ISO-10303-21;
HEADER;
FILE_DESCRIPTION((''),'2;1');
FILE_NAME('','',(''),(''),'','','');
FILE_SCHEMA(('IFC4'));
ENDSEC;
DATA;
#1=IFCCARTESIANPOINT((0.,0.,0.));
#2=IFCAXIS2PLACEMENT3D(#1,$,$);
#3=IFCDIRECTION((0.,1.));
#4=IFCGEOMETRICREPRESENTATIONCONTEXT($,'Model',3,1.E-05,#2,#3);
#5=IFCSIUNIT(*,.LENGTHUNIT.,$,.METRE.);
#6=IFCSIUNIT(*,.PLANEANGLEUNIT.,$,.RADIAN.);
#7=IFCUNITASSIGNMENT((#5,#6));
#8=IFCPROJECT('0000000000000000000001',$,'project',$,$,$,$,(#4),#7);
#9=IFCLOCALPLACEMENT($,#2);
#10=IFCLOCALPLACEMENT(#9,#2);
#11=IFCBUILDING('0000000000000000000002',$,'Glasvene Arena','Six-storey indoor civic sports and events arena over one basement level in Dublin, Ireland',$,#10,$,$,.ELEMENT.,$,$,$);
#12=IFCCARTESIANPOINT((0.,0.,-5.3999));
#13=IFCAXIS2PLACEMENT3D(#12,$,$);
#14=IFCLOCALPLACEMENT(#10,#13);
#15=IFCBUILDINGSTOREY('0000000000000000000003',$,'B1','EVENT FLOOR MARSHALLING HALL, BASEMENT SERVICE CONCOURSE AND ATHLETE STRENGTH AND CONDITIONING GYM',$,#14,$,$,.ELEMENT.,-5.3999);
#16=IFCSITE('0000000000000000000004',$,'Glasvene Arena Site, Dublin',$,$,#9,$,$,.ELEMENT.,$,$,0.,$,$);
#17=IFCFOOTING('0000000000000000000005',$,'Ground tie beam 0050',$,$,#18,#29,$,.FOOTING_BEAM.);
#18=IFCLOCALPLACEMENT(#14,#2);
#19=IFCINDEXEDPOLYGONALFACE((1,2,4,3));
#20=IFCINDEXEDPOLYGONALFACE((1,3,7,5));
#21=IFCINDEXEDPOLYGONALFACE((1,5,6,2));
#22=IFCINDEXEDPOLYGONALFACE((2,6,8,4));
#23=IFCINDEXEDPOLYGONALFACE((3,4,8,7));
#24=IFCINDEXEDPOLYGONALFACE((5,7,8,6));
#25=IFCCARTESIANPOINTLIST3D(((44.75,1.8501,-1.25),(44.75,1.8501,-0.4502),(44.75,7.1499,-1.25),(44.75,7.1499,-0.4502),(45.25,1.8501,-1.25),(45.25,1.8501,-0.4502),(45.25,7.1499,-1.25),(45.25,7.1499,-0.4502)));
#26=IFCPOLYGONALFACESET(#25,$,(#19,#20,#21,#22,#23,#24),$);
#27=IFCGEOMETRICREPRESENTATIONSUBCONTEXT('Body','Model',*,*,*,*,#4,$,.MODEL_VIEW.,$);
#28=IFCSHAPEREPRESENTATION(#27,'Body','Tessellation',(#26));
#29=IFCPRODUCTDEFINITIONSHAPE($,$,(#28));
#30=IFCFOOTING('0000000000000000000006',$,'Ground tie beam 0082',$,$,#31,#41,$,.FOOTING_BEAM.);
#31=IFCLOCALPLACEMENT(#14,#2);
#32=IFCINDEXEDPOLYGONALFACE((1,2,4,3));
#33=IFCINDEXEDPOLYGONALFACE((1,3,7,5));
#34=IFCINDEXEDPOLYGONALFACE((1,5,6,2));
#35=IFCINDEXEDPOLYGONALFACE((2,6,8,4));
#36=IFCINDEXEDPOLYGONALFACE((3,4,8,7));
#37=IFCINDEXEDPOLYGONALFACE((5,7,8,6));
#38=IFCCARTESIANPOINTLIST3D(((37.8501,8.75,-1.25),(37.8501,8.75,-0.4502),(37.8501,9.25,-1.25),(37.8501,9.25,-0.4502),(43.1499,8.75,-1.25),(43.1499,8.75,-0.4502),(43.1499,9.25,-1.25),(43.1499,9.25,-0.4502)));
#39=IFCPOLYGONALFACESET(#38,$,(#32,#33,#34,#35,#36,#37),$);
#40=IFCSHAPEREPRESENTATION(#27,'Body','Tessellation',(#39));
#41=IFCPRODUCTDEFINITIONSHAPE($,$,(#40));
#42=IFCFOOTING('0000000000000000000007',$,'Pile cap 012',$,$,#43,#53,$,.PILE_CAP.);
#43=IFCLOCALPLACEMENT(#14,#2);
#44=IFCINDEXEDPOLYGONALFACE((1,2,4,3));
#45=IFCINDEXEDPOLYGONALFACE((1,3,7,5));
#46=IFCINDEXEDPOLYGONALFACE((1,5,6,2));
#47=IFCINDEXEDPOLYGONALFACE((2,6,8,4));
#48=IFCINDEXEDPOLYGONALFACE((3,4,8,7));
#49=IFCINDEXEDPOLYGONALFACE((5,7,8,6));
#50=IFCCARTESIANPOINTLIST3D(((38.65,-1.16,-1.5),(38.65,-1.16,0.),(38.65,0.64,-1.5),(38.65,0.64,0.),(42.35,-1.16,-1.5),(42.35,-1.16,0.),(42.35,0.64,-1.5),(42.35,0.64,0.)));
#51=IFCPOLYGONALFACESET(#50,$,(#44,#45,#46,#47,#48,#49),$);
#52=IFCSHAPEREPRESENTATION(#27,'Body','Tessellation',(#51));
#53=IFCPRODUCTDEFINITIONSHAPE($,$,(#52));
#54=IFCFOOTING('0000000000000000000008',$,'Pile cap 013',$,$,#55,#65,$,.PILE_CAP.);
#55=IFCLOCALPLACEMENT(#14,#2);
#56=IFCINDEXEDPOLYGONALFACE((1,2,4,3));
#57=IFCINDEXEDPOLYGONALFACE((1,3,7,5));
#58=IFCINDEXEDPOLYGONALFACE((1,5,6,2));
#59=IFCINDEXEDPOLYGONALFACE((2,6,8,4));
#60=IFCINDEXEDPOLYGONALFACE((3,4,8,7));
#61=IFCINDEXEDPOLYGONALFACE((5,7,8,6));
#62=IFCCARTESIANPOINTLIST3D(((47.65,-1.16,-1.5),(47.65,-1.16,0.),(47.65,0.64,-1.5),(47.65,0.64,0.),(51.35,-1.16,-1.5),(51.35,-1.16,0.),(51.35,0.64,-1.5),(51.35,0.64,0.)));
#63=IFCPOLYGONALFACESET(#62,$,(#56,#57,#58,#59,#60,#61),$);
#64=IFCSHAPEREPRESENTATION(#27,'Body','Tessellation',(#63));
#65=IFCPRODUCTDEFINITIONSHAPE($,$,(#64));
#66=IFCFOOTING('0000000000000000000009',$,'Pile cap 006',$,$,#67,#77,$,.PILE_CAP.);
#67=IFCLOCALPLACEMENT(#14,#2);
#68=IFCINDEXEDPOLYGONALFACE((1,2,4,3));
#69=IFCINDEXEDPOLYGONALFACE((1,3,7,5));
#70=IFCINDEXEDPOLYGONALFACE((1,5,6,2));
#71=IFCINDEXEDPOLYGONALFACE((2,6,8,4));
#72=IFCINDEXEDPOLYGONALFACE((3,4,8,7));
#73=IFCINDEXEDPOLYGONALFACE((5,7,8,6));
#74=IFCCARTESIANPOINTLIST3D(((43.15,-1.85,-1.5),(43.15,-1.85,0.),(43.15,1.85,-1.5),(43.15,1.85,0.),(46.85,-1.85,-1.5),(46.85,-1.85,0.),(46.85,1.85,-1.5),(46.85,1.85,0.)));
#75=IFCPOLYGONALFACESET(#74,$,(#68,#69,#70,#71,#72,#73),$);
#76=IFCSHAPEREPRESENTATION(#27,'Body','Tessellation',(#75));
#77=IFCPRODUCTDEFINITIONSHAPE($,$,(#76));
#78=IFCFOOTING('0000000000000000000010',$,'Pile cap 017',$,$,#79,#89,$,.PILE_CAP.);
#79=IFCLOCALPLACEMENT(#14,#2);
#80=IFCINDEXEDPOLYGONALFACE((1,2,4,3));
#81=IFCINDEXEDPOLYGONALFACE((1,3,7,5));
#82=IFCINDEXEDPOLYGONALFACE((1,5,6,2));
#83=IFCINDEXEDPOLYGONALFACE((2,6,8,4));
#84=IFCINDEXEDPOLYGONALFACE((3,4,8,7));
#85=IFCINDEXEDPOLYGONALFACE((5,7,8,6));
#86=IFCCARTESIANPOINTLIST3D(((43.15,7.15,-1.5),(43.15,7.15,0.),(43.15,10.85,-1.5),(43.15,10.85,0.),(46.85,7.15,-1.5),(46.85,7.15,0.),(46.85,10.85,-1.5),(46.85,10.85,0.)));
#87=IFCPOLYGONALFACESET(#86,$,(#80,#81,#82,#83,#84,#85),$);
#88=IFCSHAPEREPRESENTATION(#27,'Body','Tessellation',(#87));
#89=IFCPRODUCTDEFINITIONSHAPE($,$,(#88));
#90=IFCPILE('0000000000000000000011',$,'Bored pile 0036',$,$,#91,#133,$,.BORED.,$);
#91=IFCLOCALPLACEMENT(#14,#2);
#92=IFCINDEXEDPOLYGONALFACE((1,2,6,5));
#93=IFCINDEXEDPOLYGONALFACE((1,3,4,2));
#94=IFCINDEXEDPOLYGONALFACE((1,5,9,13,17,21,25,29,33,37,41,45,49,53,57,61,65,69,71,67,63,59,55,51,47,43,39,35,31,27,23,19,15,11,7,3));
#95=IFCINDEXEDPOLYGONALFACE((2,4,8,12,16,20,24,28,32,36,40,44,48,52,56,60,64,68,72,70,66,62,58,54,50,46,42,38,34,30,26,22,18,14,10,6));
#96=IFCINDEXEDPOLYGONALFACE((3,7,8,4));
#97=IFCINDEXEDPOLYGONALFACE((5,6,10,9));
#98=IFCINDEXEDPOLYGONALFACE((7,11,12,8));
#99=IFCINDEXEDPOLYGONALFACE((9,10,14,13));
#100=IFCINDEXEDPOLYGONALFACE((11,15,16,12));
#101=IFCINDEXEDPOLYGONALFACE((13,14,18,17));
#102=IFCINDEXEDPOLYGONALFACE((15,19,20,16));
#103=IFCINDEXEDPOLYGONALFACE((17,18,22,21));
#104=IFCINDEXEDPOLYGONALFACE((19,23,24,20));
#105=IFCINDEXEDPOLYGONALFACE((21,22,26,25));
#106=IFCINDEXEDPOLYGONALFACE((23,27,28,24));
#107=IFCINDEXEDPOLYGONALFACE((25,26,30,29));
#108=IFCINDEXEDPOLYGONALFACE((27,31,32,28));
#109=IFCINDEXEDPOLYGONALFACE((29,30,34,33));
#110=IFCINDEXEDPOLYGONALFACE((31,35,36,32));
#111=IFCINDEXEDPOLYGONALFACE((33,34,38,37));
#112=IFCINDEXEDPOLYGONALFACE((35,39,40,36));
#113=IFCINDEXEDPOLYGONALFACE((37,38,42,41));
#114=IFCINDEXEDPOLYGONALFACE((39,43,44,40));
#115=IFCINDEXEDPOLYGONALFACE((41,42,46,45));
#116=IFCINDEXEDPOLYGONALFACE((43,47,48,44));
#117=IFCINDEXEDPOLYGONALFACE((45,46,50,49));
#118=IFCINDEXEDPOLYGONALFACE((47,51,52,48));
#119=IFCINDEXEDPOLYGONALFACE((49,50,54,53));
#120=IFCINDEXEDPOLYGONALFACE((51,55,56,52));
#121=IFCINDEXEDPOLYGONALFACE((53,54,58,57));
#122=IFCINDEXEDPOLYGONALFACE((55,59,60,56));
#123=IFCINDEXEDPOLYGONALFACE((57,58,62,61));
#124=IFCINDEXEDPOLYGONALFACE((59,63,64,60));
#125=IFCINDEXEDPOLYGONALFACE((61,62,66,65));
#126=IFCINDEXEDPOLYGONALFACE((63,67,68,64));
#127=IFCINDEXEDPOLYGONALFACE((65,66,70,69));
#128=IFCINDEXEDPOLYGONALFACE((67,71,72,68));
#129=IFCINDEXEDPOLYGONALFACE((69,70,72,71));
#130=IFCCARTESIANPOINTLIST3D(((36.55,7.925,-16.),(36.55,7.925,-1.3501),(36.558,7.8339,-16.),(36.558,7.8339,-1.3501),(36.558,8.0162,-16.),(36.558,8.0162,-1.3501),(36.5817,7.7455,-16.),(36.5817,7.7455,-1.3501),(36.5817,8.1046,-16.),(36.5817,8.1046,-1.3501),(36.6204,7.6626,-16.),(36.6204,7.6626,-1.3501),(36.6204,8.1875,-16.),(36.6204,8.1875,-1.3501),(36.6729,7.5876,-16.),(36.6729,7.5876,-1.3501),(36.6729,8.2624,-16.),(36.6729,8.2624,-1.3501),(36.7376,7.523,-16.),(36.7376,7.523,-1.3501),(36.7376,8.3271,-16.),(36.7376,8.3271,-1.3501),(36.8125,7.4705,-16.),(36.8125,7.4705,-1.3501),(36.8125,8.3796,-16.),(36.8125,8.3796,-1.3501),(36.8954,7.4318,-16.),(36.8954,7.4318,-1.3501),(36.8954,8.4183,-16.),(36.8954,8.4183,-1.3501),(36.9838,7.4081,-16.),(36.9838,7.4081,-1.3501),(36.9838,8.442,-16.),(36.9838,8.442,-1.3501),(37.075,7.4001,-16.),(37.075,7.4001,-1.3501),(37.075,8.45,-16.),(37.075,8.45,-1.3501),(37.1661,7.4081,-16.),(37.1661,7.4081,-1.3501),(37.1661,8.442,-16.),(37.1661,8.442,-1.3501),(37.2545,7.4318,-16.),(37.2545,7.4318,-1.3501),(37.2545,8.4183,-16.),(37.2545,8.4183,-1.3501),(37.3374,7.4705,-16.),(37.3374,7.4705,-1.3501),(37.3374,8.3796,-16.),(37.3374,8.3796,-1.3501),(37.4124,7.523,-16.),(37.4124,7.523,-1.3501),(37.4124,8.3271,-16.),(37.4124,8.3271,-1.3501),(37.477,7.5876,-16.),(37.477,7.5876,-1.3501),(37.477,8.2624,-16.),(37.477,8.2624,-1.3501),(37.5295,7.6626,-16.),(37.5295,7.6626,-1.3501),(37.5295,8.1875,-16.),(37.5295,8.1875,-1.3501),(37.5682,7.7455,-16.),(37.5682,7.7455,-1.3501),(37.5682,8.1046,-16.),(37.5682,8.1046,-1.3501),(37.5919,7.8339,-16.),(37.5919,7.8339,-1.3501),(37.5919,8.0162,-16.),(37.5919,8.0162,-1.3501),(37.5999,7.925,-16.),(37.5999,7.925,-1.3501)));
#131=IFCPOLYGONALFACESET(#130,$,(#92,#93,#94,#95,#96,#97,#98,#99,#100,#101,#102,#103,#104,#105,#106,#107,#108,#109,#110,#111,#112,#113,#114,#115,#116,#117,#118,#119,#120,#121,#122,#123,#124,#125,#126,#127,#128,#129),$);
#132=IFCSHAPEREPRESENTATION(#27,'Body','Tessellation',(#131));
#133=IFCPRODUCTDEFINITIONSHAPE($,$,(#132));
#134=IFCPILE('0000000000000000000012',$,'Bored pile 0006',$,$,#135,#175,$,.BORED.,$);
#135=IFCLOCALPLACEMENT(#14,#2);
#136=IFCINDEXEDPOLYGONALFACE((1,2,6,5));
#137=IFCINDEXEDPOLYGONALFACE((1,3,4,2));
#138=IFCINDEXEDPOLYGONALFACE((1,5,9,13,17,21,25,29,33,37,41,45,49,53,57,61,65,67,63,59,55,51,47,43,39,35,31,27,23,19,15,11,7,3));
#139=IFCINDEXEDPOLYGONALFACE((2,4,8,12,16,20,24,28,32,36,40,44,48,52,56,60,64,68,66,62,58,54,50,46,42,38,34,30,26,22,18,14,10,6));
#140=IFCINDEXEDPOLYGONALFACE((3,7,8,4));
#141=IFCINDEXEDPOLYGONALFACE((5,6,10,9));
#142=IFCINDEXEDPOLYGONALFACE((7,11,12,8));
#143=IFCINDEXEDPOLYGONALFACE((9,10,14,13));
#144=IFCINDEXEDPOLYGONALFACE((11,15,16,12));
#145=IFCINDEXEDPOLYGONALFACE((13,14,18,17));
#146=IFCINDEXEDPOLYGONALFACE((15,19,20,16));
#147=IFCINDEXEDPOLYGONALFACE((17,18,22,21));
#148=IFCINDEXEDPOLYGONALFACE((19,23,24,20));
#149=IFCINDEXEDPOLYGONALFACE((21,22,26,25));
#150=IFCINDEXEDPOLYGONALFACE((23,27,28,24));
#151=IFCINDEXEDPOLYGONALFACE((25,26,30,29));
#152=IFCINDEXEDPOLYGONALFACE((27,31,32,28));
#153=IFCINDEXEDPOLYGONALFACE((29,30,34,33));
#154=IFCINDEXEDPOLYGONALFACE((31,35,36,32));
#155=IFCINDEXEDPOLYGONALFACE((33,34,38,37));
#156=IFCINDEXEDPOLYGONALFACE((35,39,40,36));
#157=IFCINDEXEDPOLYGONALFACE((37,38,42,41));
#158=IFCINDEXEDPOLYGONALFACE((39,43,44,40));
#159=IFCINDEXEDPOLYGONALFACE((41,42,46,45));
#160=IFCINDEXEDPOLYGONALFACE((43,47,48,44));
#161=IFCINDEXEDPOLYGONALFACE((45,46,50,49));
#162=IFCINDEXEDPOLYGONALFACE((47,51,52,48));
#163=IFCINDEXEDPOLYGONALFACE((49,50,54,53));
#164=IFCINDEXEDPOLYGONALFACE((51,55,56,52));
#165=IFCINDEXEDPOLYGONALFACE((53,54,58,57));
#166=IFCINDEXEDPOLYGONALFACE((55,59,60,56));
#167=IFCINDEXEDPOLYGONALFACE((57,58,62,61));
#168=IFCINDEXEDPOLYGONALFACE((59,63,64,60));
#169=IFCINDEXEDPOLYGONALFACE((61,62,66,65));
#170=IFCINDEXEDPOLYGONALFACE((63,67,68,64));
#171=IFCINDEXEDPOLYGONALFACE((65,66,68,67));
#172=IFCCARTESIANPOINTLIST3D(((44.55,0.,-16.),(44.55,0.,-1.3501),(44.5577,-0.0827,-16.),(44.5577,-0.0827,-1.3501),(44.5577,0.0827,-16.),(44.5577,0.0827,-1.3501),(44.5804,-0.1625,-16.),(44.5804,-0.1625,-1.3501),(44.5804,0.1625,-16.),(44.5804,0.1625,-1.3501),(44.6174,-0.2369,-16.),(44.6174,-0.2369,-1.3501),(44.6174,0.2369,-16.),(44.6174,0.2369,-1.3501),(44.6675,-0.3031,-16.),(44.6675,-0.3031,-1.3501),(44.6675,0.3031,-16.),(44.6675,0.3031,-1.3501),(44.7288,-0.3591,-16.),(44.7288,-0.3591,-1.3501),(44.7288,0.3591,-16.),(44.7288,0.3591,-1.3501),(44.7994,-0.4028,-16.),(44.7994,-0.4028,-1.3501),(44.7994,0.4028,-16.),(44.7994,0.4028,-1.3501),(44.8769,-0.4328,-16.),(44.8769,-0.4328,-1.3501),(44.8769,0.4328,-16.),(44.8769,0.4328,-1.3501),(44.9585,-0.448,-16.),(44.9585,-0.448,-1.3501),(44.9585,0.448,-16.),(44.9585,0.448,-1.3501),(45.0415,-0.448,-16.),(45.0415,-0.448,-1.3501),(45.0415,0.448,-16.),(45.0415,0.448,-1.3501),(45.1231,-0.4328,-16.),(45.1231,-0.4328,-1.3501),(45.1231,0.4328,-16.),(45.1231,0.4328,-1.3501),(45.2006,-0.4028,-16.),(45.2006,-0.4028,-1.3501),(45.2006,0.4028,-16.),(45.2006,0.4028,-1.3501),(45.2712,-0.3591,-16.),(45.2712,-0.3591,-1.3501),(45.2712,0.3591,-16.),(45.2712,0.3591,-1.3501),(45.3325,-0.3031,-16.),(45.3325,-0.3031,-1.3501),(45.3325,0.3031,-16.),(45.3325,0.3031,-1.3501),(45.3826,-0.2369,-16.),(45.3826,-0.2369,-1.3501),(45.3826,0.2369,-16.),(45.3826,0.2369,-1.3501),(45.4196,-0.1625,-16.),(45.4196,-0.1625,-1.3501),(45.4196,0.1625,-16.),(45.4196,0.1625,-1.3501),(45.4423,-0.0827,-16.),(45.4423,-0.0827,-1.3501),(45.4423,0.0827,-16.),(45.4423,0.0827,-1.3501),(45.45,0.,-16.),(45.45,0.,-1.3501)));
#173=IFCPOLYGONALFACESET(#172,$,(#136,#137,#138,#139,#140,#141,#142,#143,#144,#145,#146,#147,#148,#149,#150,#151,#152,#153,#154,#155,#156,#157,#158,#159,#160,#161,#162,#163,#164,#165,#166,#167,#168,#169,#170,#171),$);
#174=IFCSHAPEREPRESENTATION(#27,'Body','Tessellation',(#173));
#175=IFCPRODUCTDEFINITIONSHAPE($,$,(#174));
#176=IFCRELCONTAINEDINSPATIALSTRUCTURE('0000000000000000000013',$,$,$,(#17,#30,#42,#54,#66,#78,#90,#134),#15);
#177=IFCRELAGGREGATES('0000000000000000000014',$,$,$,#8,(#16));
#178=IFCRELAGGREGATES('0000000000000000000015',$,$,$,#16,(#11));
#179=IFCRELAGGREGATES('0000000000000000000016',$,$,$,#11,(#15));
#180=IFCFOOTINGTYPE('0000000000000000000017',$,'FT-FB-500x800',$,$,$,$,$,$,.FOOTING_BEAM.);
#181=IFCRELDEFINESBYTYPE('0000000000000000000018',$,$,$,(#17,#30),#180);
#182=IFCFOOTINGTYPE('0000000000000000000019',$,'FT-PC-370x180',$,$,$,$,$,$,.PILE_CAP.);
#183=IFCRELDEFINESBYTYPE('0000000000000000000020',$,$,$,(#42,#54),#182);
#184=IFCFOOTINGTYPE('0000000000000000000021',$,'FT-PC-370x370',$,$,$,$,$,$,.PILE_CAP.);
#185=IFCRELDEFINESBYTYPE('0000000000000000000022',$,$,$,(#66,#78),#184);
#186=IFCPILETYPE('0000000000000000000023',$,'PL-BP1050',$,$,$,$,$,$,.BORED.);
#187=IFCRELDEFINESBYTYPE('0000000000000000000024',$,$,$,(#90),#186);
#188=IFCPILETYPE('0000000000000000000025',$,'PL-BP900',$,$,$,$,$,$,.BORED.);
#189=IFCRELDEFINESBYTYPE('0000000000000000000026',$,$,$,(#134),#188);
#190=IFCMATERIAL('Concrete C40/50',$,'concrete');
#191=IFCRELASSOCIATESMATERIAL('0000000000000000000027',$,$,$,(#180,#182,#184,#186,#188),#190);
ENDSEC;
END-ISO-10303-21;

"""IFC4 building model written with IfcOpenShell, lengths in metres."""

from ifc_helpers import new_model, si_unit, direction, frame, origin, origin_2d, place, context, subcontext, project, spatial, polyline, rectangle, circle, outline, extrude, material, material_profile, profile_set, type_object, element, save


model = new_model("IFC4")

# Units and contexts
model_context = context("Model", 3, precision=1e-05, world=origin(), true_north=direction((0.0, 1.0)))
body_context = subcontext(model_context, "Body", "Model", "MODEL_VIEW")
ifc_project = project(units=[si_unit("LENGTHUNIT", "METRE"), si_unit("PLANEANGLEUNIT", "RADIAN")], contexts=[model_context])

# Site, building, storey
site_placement = place(None, origin())
site = spatial("IfcSite", under=ifc_project, at=site_placement, Name="Glasvene Arena Site, Dublin", CompositionType="ELEMENT", RefElevation=0.0)
building_placement = place(site_placement, origin())
building = spatial("IfcBuilding", under=site, at=building_placement, Name="Glasvene Arena", Description="Six-storey indoor civic sports and events arena over one basement level in Dublin, Ireland", CompositionType="ELEMENT")
storey_placement = place(building_placement, frame((0.0, 0.0, -5.3999)))
storey = spatial("IfcBuildingStorey", under=building, at=storey_placement, Name="B1", Description="EVENT FLOOR MARSHALLING HALL, BASEMENT SERVICE CONCOURSE AND ATHLETE STRENGTH AND CONDITIONING GYM", CompositionType="ELEMENT", Elevation=-5.3999)

# Footings
ifc_material_1 = material(Name="Concrete C40/50", Category="concrete")
footing_type_1 = type_object("IfcFootingType", Name="FT-FB-500x800", PredefinedType="FOOTING_BEAM", material=ifc_material_1)
footing_1_placement = place(storey_placement, frame((45.0, 4.5, -1.25)))
element("IfcFooting", 1, at=footing_1_placement, inside=storey, type_object=footing_type_1, Name="Ground tie beam 0050", PredefinedType="FOOTING_BEAM", context=body_context, shape_type="SweptSolid", body=[
    extrude(outline(polyline([(-0.25, -2.6499), (0.25, -2.6499), (0.25, 2.6499), (-0.25, 2.6499), (-0.25, -2.6499)])), origin(), (0.0, 0.0, 1.0), 0.7998),
])
footing_2_placement = place(storey_placement, frame((40.5, 9.0, -1.25)))
element("IfcFooting", 2, at=footing_2_placement, inside=storey, type_object=footing_type_1, Name="Ground tie beam 0082", PredefinedType="FOOTING_BEAM", context=body_context, shape_type="SweptSolid", body=[
    extrude(outline(polyline([(-2.6499, -0.25), (2.6499, -0.25), (2.6499, 0.25), (-2.6499, 0.25), (-2.6499, -0.25)])), origin(), (0.0, 0.0, 1.0), 0.7998),
])
footing_type_2 = type_object("IfcFootingType", Name="FT-PC-370x180", PredefinedType="PILE_CAP", material=ifc_material_1)
for number, where, z_axis, x_axis, name in (
    (3, (40.5, -0.26, -1.5), (0.0, 0.0, 1.0), (1.0, 0.0, 0.0), "Pile cap 012"),
    (4, (49.5, -0.26, -1.5), (0.0, 0.0, 1.0), (1.0, 0.0, 0.0), "Pile cap 013"),
):
    element("IfcFooting", number, at=place(storey_placement, frame(where, z_axis=z_axis, x_axis=x_axis)), inside=storey, type_object=footing_type_2, Name=name, PredefinedType="PILE_CAP", context=body_context, shape_type="SweptSolid", body=[
        extrude(rectangle(XDim=3.7, YDim=1.8, at=origin_2d()), origin(), (0.0, 0.0, 1.0), 1.5),
    ])
footing_type_3 = type_object("IfcFootingType", Name="FT-PC-370x370", PredefinedType="PILE_CAP", material=ifc_material_1)
for number, where, z_axis, x_axis, name in (
    (5, (45.0, 0.0, -1.5), (0.0, 0.0, 1.0), (1.0, 0.0, 0.0), "Pile cap 006"),
    (6, (45.0, 9.0, -1.5), (0.0, 0.0, 1.0), (1.0, 0.0, 0.0), "Pile cap 017"),
):
    element("IfcFooting", number, at=place(storey_placement, frame(where, z_axis=z_axis, x_axis=x_axis)), inside=storey, type_object=footing_type_3, Name=name, PredefinedType="PILE_CAP", context=body_context, shape_type="SweptSolid", body=[
        extrude(rectangle(XDim=3.7, YDim=3.7, at=origin_2d()), origin(), (0.0, 0.0, 1.0), 1.5),
    ])

# Piles
ifc_material_profile_1 = material_profile(ifc_material_1, circle(Radius=0.5249, at=origin_2d()), Name="BORED PILE 1050")
ifc_profile_set_1 = profile_set([ifc_material_profile_1], Name="Concrete C40/50")
pile_type_1 = type_object("IfcPileType", Name="PL-BP1050", PredefinedType="BORED", material=ifc_profile_set_1)
pile_placement = place(storey_placement, frame((37.075, 7.925, -1.3501), z_axis=(0.0, 0.0, -1.0), x_axis=(1.0, 0.0, 0.0)))
element("IfcPile", 7, at=pile_placement, inside=storey, type_object=pile_type_1, Name="Bored pile 0036", PredefinedType="BORED", context=body_context, shape_type="SweptSolid", body=[
    extrude(circle(Radius=0.5249, at=origin_2d()), origin(), (0.0, 0.0, 1.0), 14.6499),
])
ifc_material_profile_2 = material_profile(ifc_material_1, circle(Radius=0.45, at=origin_2d()), Name="BORED PILE 900")
ifc_profile_set_2 = profile_set([ifc_material_profile_2], Name="Concrete C40/50")
pile_type_2 = type_object("IfcPileType", Name="PL-BP900", PredefinedType="BORED", material=ifc_profile_set_2)
for number, where, z_axis, x_axis, name in (
    (8, (45.0, 0.0, -1.3501), (0.0, 0.0, -1.0), (1.0, 0.0, 0.0), "Bored pile 0006"),
):
    element("IfcPile", number, at=place(storey_placement, frame(where, z_axis=z_axis, x_axis=x_axis)), inside=storey, type_object=pile_type_2, Name=name, PredefinedType="BORED", context=body_context, shape_type="SweptSolid", body=[
        extrude(circle(Radius=0.45, at=origin_2d()), origin(), (0.0, 0.0, 1.0), 14.6499),
    ])

save(model, "model.ifc")
